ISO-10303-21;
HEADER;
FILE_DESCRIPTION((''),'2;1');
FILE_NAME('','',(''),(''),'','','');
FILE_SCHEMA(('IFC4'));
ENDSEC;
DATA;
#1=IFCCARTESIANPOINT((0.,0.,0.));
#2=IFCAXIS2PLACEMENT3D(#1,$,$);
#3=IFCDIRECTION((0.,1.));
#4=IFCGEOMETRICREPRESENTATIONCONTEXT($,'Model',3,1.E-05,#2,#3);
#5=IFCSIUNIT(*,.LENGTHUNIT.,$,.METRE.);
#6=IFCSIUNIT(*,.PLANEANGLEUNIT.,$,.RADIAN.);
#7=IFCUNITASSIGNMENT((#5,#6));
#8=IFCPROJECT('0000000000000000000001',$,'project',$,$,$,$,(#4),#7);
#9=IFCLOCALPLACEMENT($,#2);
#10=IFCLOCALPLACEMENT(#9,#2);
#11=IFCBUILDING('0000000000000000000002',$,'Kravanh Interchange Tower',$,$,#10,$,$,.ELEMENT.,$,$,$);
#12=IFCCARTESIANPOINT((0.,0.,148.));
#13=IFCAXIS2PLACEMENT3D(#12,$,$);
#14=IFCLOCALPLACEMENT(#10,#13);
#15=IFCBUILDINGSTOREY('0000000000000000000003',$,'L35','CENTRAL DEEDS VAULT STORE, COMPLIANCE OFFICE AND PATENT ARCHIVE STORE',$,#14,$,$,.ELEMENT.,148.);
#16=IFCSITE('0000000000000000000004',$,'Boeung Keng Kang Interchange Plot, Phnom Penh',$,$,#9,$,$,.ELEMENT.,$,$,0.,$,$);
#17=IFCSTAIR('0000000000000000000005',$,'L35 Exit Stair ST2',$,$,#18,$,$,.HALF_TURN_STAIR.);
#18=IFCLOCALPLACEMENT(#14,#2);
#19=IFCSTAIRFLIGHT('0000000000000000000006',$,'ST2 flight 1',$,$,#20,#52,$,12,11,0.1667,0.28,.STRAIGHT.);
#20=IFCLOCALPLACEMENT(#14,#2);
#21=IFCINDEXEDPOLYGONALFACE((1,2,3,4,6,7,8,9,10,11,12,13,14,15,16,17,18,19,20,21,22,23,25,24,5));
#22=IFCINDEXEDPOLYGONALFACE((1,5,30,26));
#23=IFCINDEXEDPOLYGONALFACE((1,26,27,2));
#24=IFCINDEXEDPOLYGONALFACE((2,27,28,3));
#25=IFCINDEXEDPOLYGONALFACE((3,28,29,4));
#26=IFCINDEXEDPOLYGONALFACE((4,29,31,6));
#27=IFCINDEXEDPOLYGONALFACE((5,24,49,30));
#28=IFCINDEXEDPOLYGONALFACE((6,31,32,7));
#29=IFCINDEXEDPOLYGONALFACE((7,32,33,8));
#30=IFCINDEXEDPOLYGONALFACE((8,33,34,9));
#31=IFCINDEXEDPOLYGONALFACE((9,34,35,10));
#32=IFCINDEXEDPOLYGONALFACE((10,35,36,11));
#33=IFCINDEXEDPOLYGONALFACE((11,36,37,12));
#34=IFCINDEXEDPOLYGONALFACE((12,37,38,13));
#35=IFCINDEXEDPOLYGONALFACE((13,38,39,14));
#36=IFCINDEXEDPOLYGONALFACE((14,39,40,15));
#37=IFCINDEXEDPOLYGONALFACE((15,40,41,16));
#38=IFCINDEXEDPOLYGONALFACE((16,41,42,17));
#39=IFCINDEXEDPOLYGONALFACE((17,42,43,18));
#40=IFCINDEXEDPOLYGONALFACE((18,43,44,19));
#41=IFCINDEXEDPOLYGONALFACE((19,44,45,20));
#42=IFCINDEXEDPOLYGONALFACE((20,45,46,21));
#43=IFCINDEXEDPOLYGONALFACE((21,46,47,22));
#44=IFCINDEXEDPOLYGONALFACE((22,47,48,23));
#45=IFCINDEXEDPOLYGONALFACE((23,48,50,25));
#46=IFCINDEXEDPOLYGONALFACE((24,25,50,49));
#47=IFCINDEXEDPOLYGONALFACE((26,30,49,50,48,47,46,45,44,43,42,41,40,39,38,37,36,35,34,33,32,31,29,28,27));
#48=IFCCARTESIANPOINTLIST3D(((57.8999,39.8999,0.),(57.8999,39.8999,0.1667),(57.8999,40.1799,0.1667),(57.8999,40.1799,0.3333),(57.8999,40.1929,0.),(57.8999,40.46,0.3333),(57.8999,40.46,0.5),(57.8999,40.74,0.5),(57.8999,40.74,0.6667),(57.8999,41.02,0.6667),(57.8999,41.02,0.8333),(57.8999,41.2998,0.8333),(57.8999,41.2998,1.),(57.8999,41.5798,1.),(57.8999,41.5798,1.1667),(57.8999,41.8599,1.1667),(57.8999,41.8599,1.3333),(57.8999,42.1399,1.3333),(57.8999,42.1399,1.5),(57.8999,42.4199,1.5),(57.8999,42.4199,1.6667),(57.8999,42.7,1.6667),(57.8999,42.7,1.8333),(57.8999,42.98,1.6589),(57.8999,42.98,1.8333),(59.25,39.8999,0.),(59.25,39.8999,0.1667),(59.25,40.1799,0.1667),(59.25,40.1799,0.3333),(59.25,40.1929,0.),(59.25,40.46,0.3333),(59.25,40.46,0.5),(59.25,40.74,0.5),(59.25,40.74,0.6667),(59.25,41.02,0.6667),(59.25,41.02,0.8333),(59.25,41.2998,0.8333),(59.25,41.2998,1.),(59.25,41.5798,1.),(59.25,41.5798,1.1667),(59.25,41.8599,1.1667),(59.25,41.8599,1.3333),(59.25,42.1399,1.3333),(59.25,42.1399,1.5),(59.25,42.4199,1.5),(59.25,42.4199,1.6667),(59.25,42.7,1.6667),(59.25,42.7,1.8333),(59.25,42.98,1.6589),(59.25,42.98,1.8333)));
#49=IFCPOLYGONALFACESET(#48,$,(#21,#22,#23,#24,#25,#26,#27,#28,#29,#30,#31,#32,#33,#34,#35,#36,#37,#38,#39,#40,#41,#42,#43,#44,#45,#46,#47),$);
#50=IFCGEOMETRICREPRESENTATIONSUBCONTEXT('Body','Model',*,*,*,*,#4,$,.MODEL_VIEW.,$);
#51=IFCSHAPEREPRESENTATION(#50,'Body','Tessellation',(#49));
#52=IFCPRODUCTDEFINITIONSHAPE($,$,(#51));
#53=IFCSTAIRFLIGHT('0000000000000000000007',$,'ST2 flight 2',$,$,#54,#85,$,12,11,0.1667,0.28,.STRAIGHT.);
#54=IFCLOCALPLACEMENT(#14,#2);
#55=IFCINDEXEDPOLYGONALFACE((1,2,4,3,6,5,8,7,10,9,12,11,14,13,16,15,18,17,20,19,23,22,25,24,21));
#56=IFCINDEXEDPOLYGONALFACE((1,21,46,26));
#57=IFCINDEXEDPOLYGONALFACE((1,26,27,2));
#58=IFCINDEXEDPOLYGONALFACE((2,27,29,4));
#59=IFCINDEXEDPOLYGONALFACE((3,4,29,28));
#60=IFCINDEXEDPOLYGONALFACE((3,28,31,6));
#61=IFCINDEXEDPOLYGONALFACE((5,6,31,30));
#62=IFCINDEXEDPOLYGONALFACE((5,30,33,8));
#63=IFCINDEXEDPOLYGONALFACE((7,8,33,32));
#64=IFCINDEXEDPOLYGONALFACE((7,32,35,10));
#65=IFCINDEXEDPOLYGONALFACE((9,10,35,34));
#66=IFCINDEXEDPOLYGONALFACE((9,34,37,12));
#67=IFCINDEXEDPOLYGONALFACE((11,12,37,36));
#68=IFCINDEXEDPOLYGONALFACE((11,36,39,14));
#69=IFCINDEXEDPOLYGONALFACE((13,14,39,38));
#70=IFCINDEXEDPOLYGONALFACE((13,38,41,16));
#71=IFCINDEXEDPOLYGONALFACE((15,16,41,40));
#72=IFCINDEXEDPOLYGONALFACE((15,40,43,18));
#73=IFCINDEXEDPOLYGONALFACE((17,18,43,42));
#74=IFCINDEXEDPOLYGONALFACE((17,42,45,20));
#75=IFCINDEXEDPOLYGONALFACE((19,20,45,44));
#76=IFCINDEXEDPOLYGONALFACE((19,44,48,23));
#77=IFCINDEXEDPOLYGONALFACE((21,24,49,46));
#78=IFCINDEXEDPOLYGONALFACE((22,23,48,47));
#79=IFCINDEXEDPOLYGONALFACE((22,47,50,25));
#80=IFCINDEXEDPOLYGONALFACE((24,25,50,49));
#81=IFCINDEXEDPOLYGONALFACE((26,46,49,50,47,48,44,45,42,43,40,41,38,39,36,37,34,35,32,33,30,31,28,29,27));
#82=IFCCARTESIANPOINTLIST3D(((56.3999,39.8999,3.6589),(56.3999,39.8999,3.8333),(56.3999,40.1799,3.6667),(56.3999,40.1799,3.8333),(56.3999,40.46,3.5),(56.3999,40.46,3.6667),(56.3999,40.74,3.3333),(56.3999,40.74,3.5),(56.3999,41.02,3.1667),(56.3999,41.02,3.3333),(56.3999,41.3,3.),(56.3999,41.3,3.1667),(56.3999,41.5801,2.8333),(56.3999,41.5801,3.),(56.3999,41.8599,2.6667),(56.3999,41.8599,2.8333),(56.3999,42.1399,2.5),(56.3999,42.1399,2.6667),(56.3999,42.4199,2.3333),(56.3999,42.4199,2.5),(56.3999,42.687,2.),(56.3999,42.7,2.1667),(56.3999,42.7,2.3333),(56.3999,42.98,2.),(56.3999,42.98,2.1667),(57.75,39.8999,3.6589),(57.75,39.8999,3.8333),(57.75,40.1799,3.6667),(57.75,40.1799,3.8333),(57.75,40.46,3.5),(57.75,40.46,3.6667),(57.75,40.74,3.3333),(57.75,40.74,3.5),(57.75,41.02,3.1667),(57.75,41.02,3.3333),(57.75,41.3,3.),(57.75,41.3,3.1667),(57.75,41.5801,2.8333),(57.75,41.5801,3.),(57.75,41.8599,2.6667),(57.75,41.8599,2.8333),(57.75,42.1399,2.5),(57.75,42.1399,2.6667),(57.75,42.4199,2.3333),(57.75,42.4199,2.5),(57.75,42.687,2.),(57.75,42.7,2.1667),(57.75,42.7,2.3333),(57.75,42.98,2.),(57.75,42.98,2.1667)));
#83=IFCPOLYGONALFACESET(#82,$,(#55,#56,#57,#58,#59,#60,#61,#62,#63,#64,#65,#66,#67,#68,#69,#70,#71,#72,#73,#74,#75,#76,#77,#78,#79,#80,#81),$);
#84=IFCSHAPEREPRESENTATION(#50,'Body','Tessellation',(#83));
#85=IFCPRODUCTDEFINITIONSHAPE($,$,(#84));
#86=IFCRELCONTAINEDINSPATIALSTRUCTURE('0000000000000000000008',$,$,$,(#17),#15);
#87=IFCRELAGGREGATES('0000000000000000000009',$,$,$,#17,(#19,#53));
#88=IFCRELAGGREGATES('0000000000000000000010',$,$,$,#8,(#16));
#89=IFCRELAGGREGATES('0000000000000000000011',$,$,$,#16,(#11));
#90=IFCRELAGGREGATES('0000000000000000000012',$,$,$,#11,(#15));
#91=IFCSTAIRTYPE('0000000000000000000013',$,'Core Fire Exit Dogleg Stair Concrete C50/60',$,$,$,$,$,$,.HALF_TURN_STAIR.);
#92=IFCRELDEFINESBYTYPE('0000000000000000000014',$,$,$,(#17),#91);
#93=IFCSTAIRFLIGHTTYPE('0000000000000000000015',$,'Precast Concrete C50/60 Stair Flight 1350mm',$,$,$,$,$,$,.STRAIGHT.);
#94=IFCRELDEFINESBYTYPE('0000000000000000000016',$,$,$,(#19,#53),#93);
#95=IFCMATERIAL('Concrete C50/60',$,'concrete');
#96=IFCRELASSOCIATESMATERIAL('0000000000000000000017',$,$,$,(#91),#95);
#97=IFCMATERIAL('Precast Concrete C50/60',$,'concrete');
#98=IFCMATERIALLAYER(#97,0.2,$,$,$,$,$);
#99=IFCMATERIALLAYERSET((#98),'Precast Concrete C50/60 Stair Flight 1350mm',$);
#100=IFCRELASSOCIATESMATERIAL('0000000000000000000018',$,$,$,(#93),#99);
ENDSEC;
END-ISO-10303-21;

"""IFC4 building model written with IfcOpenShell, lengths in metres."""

from ifc_helpers import new_model, si_unit, direction, frame, origin, place, context, subcontext, project, spatial, polyline, outline, extrude, material, layer, layer_set, type_object, element, aggregate, save


model = new_model("IFC4")

# Units and contexts
model_context = context("Model", 3, precision=1e-05, world=origin(), true_north=direction((0.0, 1.0)))
body_context = subcontext(model_context, "Body", "Model", "MODEL_VIEW")
ifc_project = project(units=[si_unit("LENGTHUNIT", "METRE"), si_unit("PLANEANGLEUNIT", "RADIAN")], contexts=[model_context])

# Site, building, storey
site_placement = place(None, origin())
site = spatial("IfcSite", under=ifc_project, at=site_placement, Name="Boeung Keng Kang Interchange Plot, Phnom Penh", CompositionType="ELEMENT", RefElevation=0.0)
building_placement = place(site_placement, origin())
building = spatial("IfcBuilding", under=site, at=building_placement, Name="Kravanh Interchange Tower", CompositionType="ELEMENT")
storey_placement = place(building_placement, frame((0.0, 0.0, 148.0)))
storey = spatial("IfcBuildingStorey", under=building, at=storey_placement, Name="L35", Description="CENTRAL DEEDS VAULT STORE, COMPLIANCE OFFICE AND PATENT ARCHIVE STORE", CompositionType="ELEMENT", Elevation=148.0)

# Stair, stair flights
ifc_material_1 = material(Name="Concrete C50/60", Category="concrete")
stair_type = type_object("IfcStairType", Name="Core Fire Exit Dogleg Stair Concrete C50/60", PredefinedType="HALF_TURN_STAIR", material=ifc_material_1)
ifc_material_2 = material(Name="Precast Concrete C50/60", Category="concrete")
ifc_layer_1 = layer(ifc_material_2, 0.2)
ifc_layer_set_1 = layer_set([ifc_layer_1], Name="Precast Concrete C50/60 Stair Flight 1350mm")
stair_flight_type = type_object("IfcStairFlightType", Name="Precast Concrete C50/60 Stair Flight 1350mm", PredefinedType="STRAIGHT", material=ifc_layer_set_1)
stair_1_placement = place(storey_placement, origin())
stair_1 = element("IfcStair", 1, at=stair_1_placement, inside=storey, type_object=stair_type, Name="L35 Exit Stair ST2", PredefinedType="HALF_TURN_STAIR")
stair_flight_1_placement = place(storey_placement, frame((58.575, 39.8999, 0.0), z_axis=(0.0, 0.0, 1.0), x_axis=(0.0, 1.0, 0.0)))
stair_flight_1 = element("IfcStairFlight", 2, at=stair_flight_1_placement, type_object=stair_flight_type, Name="ST2 flight 1", NumberOfRisers=12, NumberOfTreads=11, PredefinedType="STRAIGHT", RiserHeight=0.1667, TreadLength=0.28, context=body_context, shape_type="SweptSolid", body=[
    extrude(outline(polyline([(0.0, 0.0), (0.0, 0.1667), (0.28, 0.1667), (0.28, 0.3333), (0.5601, 0.3333), (0.5601, 0.5), (0.8401, 0.5), (0.8401, 0.6667), (1.1201, 0.6667), (1.1201, 0.8333), (1.3999, 0.8333), (1.3999, 1.0), (1.6799, 1.0), (1.6799, 1.1667), (1.96, 1.1667), (1.96, 1.3333), (2.24, 1.3333), (2.24, 1.5), (2.52, 1.5), (2.52, 1.6667), (2.8, 1.6667), (2.8, 1.8333), (3.0801, 1.8333), (3.0801, 2.0), (3.0801, 1.6589), (0.293, 0.0), (0.0, 0.0)])), frame((0.0, 0.675, 0.0), z_axis=(0.0, -1.0, 0.0), x_axis=(1.0, 0.0, 0.0)), (0.0, 0.0, 1.0), 1.3501),
])
stair_flight_2_placement = place(storey_placement, frame((57.075, 42.98, 2.0), z_axis=(0.0, 0.0, 1.0), x_axis=(0.0, -1.0, 0.0)))
stair_flight_2 = element("IfcStairFlight", 3, at=stair_flight_2_placement, type_object=stair_flight_type, Name="ST2 flight 2", NumberOfRisers=12, NumberOfTreads=11, PredefinedType="STRAIGHT", RiserHeight=0.1667, TreadLength=0.28, context=body_context, shape_type="SweptSolid", body=[
    extrude(outline(polyline([(0.0, 0.0), (0.0, 0.1667), (0.28, 0.1667), (0.28, 0.3333), (0.5601, 0.3333), (0.5601, 0.5), (0.8401, 0.5), (0.8401, 0.6667), (1.1201, 0.6667), (1.1201, 0.8333), (1.3999, 0.8333), (1.3999, 1.0), (1.6799, 1.0), (1.6799, 1.1667), (1.96, 1.1667), (1.96, 1.3333), (2.24, 1.3333), (2.24, 1.5), (2.52, 1.5), (2.52, 1.6667), (2.8, 1.6667), (2.8, 1.8333), (3.0801, 1.8333), (3.0801, 2.0), (3.0801, 1.6589), (0.293, 0.0), (0.0, 0.0)])), frame((0.0, 0.675, 0.0), z_axis=(0.0, -1.0, 0.0), x_axis=(1.0, 0.0, 0.0)), (0.0, 0.0, 1.0), 1.3501),
])
aggregate(stair_1, [stair_flight_1, stair_flight_2])

save(model, "model.ifc")
